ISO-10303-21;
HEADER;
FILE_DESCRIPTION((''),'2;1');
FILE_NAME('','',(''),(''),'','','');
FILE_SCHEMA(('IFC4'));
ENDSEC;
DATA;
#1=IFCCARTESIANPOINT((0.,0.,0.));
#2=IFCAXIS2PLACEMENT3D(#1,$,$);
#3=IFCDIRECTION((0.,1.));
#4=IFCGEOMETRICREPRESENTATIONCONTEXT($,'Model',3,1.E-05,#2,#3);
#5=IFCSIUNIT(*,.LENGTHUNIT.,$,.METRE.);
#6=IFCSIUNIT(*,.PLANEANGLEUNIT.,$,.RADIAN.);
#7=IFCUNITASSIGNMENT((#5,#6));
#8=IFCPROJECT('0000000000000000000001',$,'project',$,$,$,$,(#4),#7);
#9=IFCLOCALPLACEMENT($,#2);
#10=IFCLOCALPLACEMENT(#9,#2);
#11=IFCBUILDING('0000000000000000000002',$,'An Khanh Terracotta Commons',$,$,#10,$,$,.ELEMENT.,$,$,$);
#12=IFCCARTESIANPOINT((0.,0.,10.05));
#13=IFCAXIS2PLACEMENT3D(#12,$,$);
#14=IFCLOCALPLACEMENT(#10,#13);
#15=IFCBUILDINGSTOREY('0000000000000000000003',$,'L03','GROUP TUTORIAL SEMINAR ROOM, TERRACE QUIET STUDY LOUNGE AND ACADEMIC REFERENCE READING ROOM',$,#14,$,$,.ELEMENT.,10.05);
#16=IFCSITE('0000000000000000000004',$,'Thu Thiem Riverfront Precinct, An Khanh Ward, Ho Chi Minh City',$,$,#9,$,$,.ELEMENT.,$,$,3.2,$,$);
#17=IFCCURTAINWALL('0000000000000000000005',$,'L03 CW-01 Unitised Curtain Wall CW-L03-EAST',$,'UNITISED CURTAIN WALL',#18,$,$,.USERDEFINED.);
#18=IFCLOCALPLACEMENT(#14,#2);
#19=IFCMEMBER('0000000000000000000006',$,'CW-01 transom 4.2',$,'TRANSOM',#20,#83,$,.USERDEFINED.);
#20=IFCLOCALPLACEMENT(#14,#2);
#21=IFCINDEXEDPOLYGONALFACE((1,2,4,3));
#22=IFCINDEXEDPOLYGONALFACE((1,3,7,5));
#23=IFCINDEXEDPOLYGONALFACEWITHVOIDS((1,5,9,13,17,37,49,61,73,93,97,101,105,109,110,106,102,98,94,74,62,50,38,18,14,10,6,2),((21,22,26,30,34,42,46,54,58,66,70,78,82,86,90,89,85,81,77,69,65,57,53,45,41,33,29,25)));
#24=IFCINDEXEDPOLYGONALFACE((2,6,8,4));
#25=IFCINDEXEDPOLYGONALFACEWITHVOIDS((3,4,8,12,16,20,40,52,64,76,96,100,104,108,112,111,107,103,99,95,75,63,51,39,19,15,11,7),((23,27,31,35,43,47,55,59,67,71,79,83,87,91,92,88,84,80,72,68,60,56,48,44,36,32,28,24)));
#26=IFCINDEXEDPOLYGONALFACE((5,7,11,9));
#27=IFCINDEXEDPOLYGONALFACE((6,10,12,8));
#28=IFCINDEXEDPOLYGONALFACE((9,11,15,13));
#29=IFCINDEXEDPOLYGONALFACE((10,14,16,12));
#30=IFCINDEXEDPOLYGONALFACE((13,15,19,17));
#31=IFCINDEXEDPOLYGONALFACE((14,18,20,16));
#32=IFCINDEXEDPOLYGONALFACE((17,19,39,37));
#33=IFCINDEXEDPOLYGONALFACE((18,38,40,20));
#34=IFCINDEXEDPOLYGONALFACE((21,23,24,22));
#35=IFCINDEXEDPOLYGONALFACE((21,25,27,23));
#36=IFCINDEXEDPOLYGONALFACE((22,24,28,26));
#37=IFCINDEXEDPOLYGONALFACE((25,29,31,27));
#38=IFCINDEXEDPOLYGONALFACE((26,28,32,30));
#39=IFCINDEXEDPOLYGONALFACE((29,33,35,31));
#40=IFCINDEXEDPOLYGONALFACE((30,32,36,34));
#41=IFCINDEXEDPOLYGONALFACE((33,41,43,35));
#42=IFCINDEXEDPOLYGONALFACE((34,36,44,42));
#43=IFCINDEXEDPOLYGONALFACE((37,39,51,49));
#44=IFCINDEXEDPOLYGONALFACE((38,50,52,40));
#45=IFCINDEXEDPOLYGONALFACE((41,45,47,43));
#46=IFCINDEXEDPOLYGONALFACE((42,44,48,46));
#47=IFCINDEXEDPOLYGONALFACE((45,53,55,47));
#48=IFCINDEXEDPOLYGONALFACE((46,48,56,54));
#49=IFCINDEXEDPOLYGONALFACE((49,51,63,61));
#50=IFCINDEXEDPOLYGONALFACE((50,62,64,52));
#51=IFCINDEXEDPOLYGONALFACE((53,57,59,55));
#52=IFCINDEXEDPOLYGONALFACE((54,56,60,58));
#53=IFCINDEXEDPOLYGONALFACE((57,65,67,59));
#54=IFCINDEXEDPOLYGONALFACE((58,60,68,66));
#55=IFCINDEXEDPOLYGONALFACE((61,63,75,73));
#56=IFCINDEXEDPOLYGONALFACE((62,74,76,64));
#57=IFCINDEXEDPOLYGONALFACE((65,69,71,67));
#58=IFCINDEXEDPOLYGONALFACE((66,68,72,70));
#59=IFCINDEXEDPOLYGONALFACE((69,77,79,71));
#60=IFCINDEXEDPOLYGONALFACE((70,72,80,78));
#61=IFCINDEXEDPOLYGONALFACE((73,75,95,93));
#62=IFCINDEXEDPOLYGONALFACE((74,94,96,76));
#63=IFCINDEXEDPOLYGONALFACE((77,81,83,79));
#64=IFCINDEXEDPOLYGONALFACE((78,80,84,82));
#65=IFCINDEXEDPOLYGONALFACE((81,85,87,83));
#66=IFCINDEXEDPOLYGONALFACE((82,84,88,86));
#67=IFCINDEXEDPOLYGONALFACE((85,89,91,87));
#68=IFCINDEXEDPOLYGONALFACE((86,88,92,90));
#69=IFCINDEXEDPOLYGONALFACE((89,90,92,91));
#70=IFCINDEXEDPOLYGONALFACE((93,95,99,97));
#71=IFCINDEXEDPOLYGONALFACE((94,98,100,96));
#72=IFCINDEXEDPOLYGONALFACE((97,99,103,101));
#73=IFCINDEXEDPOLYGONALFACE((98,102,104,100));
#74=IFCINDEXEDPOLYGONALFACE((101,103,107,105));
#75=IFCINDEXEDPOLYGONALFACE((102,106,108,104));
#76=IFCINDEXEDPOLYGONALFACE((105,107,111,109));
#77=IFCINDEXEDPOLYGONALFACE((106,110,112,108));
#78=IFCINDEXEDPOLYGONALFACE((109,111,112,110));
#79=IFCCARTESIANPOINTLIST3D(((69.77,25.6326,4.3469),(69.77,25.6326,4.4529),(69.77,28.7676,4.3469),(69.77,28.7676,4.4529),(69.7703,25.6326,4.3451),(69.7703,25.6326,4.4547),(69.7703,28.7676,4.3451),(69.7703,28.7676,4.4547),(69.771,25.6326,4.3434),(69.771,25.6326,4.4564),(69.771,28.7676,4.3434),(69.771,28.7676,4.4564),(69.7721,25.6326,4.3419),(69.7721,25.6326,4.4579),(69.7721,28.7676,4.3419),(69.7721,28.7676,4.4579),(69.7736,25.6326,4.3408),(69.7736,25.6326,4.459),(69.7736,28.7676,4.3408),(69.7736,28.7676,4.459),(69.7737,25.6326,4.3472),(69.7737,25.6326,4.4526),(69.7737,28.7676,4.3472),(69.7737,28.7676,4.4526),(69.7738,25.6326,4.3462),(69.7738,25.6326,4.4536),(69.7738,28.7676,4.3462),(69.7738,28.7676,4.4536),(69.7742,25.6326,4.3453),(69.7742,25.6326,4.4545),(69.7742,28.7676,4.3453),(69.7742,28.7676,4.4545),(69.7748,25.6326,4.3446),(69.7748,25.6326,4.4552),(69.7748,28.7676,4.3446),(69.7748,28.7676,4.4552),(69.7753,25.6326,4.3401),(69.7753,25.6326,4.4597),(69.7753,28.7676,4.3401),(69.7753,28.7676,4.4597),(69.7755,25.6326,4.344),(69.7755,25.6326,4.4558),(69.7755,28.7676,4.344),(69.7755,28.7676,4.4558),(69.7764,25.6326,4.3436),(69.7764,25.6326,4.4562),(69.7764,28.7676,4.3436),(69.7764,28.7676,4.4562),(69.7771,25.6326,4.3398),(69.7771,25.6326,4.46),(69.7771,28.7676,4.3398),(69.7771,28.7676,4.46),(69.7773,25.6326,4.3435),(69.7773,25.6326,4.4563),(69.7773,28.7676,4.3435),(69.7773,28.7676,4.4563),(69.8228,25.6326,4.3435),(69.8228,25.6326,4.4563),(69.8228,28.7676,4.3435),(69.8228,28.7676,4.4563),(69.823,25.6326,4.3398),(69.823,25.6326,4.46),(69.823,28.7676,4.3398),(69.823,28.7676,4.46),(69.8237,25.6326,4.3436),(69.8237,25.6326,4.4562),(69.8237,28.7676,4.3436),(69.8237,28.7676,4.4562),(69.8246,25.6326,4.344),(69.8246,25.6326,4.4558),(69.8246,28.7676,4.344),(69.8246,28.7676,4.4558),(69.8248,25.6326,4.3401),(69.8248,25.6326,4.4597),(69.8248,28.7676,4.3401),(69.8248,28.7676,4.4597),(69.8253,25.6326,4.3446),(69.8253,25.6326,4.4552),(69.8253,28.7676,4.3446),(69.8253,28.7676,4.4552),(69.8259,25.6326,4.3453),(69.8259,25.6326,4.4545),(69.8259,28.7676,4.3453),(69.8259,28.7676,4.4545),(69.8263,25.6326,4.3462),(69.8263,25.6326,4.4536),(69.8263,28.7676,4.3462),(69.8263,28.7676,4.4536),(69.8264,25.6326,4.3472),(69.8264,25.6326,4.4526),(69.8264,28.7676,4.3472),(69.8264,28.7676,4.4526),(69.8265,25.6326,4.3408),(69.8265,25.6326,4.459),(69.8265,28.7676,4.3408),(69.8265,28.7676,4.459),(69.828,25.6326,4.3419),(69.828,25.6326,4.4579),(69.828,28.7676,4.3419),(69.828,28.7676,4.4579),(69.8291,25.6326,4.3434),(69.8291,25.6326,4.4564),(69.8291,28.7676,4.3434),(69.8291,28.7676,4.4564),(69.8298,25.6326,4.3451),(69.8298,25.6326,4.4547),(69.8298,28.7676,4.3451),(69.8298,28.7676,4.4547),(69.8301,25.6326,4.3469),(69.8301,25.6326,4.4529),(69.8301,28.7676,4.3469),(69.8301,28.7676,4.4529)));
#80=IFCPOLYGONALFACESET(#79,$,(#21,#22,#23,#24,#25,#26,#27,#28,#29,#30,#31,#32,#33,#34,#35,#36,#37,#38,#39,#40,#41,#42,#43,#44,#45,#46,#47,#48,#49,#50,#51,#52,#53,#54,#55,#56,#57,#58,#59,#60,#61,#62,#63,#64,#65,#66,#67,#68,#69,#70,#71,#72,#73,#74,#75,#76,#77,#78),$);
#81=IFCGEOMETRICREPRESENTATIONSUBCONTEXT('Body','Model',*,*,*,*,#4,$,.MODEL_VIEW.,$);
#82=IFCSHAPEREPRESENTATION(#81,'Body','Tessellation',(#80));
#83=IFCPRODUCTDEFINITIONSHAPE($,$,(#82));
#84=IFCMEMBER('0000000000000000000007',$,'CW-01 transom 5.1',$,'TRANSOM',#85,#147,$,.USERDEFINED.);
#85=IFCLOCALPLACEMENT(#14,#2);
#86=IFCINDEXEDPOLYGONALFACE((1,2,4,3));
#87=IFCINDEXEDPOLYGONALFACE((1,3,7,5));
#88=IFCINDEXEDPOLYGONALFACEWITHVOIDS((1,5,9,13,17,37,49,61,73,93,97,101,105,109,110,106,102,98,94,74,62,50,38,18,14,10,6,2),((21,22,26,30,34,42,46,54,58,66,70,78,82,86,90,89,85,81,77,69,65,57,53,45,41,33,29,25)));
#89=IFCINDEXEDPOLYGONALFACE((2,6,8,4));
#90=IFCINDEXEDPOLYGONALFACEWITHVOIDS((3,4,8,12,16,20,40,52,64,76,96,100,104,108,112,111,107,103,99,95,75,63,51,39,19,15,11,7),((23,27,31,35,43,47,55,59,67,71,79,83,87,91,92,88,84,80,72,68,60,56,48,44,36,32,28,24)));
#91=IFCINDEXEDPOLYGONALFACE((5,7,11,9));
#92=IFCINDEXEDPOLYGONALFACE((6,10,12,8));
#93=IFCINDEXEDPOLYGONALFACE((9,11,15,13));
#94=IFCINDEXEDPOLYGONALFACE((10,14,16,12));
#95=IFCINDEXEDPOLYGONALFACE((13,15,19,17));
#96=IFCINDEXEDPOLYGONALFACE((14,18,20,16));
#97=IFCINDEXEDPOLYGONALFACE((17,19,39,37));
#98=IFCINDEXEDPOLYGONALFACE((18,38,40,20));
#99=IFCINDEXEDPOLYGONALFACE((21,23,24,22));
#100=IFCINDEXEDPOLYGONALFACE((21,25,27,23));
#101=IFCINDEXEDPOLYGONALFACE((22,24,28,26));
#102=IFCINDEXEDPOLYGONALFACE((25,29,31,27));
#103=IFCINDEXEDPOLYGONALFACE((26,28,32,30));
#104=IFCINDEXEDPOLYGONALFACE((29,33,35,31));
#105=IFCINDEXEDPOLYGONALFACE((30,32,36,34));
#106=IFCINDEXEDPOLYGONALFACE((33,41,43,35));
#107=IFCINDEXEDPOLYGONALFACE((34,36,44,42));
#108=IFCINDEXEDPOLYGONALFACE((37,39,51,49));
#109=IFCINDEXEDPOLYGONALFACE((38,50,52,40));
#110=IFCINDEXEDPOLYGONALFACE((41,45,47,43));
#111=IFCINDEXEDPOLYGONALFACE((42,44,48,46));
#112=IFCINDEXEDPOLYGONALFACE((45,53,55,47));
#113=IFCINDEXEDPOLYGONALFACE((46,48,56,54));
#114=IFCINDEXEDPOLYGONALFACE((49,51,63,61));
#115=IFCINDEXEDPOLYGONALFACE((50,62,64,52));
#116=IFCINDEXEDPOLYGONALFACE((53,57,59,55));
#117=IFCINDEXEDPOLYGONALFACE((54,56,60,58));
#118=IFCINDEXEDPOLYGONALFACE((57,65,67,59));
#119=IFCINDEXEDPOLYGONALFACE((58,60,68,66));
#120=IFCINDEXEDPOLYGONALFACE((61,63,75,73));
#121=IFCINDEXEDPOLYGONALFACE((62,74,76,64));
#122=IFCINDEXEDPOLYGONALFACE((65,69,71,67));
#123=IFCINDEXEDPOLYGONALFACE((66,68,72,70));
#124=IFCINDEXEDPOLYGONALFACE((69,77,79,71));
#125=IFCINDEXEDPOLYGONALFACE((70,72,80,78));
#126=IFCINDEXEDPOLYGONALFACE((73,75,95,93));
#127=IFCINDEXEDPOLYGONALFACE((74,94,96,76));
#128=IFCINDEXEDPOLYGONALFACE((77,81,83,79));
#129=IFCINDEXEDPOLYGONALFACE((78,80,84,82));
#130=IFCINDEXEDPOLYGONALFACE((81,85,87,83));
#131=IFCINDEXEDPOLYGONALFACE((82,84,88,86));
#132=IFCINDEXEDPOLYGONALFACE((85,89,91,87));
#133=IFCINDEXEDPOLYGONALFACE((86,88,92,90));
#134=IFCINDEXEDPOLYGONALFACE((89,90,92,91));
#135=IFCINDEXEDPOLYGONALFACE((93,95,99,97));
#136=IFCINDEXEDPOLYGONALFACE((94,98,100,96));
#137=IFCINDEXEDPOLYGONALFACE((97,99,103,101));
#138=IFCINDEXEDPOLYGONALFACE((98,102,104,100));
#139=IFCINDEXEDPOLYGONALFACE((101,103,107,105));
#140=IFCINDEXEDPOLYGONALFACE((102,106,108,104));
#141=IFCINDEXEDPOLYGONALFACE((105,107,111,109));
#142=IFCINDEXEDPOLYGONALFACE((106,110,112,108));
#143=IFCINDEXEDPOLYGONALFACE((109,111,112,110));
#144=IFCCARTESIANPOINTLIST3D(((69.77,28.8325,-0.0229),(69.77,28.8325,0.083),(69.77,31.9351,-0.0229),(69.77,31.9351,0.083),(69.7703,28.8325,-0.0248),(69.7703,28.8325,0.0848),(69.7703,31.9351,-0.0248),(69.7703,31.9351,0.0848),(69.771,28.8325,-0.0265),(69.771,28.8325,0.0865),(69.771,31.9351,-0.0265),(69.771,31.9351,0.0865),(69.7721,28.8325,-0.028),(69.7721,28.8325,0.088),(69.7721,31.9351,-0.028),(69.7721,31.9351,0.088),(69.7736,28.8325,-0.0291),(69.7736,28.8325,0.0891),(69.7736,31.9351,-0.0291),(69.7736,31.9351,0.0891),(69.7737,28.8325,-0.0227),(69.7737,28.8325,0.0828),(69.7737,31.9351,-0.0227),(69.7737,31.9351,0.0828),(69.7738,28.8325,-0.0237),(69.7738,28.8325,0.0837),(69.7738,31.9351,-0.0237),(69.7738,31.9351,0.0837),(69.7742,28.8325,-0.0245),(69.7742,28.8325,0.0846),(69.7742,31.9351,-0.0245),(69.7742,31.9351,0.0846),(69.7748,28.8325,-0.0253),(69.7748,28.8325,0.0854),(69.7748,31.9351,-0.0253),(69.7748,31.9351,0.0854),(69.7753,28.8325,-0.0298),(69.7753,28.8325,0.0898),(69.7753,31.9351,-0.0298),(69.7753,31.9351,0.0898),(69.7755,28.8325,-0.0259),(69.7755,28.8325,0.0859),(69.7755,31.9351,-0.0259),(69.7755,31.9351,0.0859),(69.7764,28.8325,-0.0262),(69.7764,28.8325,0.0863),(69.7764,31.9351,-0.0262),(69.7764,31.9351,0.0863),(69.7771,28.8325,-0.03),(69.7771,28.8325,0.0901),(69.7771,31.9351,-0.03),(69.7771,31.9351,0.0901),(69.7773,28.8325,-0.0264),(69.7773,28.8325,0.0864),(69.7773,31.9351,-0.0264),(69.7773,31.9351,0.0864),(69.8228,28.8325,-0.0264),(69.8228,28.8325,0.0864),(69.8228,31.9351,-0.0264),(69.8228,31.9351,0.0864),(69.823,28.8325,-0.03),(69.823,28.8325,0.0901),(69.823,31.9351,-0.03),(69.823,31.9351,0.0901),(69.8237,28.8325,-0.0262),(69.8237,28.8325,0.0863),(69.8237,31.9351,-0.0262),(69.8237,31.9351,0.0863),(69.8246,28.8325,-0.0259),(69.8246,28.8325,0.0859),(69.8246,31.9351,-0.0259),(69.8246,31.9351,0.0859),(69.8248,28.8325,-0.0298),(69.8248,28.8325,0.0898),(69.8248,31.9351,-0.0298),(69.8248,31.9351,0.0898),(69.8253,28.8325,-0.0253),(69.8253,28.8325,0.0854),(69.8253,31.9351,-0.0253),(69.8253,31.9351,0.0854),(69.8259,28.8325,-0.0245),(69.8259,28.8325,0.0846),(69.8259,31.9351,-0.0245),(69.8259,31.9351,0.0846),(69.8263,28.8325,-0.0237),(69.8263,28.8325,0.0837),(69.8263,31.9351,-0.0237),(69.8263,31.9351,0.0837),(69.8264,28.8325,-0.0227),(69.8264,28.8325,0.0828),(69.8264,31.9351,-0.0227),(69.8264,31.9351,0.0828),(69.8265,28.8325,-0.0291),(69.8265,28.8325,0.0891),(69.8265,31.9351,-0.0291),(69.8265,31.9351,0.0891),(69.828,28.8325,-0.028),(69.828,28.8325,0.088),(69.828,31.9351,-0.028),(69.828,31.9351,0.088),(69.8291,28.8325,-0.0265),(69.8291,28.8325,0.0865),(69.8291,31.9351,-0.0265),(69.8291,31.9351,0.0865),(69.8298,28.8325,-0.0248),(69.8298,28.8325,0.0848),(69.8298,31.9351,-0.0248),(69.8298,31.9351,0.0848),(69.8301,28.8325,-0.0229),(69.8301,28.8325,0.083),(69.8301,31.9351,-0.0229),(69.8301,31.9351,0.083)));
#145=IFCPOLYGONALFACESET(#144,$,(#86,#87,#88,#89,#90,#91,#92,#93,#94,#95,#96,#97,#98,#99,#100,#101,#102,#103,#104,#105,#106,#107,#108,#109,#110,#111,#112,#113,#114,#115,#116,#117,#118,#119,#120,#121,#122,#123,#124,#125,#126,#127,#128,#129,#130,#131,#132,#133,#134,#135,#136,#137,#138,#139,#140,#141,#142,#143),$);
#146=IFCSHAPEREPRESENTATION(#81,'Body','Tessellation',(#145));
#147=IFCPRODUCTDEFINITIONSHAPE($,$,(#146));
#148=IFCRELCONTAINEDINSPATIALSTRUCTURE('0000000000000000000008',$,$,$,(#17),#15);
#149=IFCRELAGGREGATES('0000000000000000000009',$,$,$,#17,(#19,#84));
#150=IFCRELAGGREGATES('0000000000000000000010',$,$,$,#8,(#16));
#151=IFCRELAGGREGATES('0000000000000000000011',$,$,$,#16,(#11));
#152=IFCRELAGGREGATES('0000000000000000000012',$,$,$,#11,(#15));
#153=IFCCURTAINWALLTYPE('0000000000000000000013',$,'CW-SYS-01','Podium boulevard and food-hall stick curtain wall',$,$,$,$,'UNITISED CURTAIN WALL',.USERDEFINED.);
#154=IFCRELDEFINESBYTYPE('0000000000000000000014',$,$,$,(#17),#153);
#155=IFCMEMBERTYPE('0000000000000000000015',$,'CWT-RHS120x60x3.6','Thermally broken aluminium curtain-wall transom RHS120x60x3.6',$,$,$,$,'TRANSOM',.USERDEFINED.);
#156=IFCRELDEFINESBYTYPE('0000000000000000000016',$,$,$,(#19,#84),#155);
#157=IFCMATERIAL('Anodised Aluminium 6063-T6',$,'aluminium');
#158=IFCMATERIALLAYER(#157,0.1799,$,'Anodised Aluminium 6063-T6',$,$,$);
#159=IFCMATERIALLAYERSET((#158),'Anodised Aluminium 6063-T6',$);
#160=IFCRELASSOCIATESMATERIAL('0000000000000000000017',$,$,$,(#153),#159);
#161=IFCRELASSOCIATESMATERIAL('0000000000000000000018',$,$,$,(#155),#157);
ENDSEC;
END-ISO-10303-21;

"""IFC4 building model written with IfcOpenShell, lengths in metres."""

from ifc_helpers import new_model, si_unit, direction, frame, origin, origin_2d, place, context, subcontext, project, spatial, hollow_rectangle, extrude, material, layer, layer_set, material_profile, profile_set, type_object, element, aggregate, save


model = new_model("IFC4")

# Units and contexts
model_context = context("Model", 3, precision=1e-05, world=origin(), true_north=direction((0.0, 1.0)))
body_context = subcontext(model_context, "Body", "Model", "MODEL_VIEW")
ifc_project = project(units=[si_unit("LENGTHUNIT", "METRE"), si_unit("PLANEANGLEUNIT", "RADIAN")], contexts=[model_context])

# Site, building, storey
site_placement = place(None, origin())
site = spatial("IfcSite", under=ifc_project, at=site_placement, Name="Thu Thiem Riverfront Precinct, An Khanh Ward, Ho Chi Minh City", CompositionType="ELEMENT", RefElevation=3.2)
building_placement = place(site_placement, origin())
building = spatial("IfcBuilding", under=site, at=building_placement, Name="An Khanh Terracotta Commons", CompositionType="ELEMENT")
storey_placement = place(building_placement, frame((0.0, 0.0, 10.05)))
storey = spatial("IfcBuildingStorey", under=building, at=storey_placement, Name="L03", Description="GROUP TUTORIAL SEMINAR ROOM, TERRACE QUIET STUDY LOUNGE AND ACADEMIC REFERENCE READING ROOM", CompositionType="ELEMENT", Elevation=10.05)

# Curtain wall, members
ifc_material_1 = material(Name="Anodised Aluminium 6063-T6", Category="aluminium")
ifc_layer_1 = layer(ifc_material_1, 0.1799, Name="Anodised Aluminium 6063-T6")
ifc_layer_set_1 = layer_set([ifc_layer_1], Name="Anodised Aluminium 6063-T6")
curtain_wall_type = type_object("IfcCurtainWallType", Name="CW-SYS-01", Description="Podium boulevard and food-hall stick curtain wall", ElementType="UNITISED CURTAIN WALL", PredefinedType="USERDEFINED", material=ifc_layer_set_1)
curtain_wall_placement = place(storey_placement, origin())
curtain_wall = element("IfcCurtainWall", 1, at=curtain_wall_placement, inside=storey, type_object=curtain_wall_type, Name="L03 CW-01 Unitised Curtain Wall CW-L03-EAST", ObjectType="UNITISED CURTAIN WALL", PredefinedType="USERDEFINED")
ifc_material_profile_1 = material_profile(ifc_material_1, hollow_rectangle(XDim=0.0601, YDim=0.1201, WallThickness=0.0037, InnerFilletRadius=0.0037, OuterFilletRadius=0.0071, at=origin_2d()), Name="RHS120x60x3.6")
ifc_profile_set_1 = profile_set([ifc_material_profile_1], Name="Anodised Aluminium 6063-T6")
member_type_1 = type_object("IfcMemberType", Name="CWT-RHS120x60x3.6", Description="Thermally broken aluminium curtain-wall transom RHS120x60x3.6", ElementType="TRANSOM", PredefinedType="USERDEFINED", material=ifc_profile_set_1)
member_1_placement = place(storey_placement, frame((69.8, 25.6326, 4.3999), z_axis=(0.0, 1.0, 0.0), x_axis=(-1.0, 0.0, 0.0)))
member_1 = element("IfcMember", 2, at=member_1_placement, type_object=member_type_1, Name="CW-01 transom 4.2", ObjectType="TRANSOM", PredefinedType="USERDEFINED", context=body_context, shape_type="SweptSolid", body=[
    extrude(hollow_rectangle(XDim=0.0601, YDim=0.1201, WallThickness=0.0037, InnerFilletRadius=0.0037, OuterFilletRadius=0.0071, at=origin_2d()), origin(), (0.0, 0.0, 1.0), 3.135),
])
member_2_placement = place(storey_placement, frame((69.8, 28.8325, 0.03), z_axis=(0.0, 1.0, 0.0), x_axis=(-1.0, 0.0, 0.0)))
member_2 = element("IfcMember", 3, at=member_2_placement, type_object=member_type_1, Name="CW-01 transom 5.1", ObjectType="TRANSOM", PredefinedType="USERDEFINED", context=body_context, shape_type="SweptSolid", body=[
    extrude(hollow_rectangle(XDim=0.0601, YDim=0.1201, WallThickness=0.0037, InnerFilletRadius=0.0037, OuterFilletRadius=0.0071, at=origin_2d()), origin(), (0.0, 0.0, 1.0), 3.1025),
])
aggregate(curtain_wall, [member_1, member_2])

save(model, "model.ifc")
